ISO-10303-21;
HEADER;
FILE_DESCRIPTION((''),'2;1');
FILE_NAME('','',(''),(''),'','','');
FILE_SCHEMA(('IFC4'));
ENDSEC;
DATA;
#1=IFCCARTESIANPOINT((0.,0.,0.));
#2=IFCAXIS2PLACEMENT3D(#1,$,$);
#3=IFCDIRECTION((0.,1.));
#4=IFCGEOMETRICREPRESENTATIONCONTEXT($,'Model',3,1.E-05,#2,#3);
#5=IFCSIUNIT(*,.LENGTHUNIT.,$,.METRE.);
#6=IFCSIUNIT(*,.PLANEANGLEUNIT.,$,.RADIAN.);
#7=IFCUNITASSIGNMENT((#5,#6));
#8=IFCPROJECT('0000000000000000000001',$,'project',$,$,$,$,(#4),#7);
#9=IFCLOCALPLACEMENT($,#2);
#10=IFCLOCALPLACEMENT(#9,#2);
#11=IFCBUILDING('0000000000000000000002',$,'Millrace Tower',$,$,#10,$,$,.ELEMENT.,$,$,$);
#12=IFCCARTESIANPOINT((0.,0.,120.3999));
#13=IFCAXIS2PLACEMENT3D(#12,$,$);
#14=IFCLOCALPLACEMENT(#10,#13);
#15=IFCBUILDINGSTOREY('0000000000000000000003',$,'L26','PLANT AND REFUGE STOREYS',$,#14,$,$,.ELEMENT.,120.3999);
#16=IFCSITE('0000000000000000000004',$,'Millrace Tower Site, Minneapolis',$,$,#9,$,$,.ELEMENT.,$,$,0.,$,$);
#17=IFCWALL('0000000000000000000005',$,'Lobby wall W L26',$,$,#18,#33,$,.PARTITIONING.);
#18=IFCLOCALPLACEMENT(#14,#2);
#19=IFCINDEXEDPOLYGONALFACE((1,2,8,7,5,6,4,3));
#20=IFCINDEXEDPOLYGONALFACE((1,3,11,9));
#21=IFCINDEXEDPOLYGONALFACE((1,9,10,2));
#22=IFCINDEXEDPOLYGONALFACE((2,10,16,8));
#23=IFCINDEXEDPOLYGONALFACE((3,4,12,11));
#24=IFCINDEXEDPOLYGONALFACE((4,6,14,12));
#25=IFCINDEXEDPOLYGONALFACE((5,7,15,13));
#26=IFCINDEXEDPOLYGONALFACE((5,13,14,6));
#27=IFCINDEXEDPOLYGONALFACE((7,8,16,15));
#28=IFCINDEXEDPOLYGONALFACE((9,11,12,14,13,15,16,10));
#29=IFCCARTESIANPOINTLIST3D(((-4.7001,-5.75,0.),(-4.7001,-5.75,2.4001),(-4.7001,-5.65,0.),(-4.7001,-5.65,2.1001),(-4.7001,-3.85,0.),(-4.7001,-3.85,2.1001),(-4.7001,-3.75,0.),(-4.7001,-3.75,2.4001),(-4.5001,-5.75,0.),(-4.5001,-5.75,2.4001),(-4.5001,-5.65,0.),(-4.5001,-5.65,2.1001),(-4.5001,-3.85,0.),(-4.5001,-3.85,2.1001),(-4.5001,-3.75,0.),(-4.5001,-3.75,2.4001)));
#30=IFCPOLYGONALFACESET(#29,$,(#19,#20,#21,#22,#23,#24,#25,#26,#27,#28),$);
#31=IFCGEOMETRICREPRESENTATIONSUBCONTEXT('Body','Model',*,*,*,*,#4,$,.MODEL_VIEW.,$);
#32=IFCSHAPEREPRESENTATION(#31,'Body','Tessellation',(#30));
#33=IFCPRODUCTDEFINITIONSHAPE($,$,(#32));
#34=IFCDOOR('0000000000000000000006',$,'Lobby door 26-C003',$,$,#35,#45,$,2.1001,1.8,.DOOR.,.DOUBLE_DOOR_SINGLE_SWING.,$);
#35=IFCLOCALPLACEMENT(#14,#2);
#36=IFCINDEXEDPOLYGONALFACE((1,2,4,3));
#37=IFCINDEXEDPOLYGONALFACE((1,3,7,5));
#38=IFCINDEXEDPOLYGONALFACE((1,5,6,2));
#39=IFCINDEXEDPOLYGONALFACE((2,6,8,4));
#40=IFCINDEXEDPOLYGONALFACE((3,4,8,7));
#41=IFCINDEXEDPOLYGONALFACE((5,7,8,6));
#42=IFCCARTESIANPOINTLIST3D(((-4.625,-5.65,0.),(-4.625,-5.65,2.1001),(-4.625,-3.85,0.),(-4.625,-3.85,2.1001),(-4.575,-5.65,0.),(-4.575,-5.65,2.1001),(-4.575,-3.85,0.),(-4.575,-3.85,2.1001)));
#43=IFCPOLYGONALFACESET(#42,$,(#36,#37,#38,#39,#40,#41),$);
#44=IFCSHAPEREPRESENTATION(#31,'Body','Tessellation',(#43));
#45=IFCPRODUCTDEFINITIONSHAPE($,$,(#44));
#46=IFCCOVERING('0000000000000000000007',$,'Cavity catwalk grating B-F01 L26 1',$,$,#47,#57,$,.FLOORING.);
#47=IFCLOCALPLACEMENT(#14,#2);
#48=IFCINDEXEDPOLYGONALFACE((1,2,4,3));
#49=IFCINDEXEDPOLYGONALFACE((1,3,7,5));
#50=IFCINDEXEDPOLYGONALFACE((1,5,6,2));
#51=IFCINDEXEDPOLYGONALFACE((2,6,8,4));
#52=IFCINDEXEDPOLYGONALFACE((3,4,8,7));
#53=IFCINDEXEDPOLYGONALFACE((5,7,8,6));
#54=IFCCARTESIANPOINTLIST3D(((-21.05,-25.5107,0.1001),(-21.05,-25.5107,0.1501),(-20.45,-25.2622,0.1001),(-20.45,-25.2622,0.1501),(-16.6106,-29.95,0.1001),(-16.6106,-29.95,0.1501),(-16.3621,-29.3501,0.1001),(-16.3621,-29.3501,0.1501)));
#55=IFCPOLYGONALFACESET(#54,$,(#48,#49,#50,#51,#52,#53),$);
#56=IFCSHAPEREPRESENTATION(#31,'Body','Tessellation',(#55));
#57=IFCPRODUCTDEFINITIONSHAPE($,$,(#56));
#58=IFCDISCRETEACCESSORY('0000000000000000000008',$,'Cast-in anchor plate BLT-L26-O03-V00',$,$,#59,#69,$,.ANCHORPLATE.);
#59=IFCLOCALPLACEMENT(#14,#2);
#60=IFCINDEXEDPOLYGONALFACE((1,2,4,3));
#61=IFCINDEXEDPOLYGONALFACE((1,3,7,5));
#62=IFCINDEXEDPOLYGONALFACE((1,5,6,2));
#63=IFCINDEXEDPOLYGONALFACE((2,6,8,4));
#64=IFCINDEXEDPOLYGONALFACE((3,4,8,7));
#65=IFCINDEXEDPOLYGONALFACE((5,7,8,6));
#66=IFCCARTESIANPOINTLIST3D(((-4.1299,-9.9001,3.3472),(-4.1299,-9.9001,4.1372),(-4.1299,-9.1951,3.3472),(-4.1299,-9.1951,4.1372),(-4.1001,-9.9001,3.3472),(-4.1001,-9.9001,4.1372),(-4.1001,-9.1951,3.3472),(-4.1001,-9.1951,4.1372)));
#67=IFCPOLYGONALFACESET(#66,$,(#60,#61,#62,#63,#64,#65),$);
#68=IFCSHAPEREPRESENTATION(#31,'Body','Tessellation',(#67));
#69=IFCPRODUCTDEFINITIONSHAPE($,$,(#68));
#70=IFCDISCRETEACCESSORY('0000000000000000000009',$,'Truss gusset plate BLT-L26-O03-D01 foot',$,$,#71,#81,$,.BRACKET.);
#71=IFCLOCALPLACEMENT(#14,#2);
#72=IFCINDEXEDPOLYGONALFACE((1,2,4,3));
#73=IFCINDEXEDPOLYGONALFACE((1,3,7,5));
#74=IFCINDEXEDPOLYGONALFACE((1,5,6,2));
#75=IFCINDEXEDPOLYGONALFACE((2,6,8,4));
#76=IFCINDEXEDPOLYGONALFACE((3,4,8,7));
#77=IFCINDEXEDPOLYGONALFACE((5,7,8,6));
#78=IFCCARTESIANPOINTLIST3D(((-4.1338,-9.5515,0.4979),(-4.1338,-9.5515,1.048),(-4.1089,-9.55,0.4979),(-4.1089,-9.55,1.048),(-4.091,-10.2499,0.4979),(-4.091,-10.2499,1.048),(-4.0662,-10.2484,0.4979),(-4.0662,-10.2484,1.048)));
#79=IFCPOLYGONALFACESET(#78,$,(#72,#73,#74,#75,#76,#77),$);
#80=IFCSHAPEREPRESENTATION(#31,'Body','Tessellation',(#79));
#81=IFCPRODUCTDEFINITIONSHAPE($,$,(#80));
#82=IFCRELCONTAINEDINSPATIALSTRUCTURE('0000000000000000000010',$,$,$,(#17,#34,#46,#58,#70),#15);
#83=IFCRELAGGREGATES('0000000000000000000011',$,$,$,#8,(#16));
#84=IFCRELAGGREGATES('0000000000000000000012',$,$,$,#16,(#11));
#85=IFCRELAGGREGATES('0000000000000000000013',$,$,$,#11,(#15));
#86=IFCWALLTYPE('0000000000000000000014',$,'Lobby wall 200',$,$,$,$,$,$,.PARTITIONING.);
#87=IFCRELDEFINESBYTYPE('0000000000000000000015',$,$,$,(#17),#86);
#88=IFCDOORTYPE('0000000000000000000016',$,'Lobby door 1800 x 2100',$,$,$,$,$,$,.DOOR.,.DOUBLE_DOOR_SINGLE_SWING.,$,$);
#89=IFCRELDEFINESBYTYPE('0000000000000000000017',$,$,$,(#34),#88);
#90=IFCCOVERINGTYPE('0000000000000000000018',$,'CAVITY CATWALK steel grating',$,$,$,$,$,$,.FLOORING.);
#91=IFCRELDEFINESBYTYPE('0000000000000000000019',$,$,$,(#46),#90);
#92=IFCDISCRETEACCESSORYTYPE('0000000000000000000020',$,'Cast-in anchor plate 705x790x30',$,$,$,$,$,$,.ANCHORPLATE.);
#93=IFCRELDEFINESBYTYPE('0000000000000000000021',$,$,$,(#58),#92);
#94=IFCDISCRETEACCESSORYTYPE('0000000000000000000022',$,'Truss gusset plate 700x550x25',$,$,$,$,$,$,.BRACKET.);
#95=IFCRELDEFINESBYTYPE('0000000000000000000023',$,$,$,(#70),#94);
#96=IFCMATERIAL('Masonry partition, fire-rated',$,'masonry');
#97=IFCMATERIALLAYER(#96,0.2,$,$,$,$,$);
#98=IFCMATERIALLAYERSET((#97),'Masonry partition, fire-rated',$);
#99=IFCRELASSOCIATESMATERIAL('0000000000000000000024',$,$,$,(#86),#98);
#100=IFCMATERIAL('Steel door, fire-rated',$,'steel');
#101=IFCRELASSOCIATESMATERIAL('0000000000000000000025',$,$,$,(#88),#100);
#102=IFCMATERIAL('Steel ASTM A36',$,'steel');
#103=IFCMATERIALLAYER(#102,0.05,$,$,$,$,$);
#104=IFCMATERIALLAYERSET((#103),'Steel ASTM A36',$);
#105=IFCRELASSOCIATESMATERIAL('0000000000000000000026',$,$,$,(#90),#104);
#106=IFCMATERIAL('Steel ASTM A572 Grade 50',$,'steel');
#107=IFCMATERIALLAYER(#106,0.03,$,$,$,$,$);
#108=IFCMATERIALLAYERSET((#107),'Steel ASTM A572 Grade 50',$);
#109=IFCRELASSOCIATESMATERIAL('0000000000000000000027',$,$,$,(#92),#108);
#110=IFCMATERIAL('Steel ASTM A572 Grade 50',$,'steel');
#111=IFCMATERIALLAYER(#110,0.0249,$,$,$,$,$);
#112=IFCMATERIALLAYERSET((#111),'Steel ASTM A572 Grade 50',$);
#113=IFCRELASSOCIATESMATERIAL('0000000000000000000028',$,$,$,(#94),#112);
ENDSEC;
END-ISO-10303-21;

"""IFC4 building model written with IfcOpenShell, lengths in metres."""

from ifc_helpers import new_model, si_unit, direction, frame, frame_2d, origin, origin_2d, place, context, subcontext, project, spatial, polyline, rectangle, outline, extrude, material, layer, layer_set, type_object, element, fill, save


model = new_model("IFC4")

# Units and contexts
model_context = context("Model", 3, precision=1e-05, world=origin(), true_north=direction((0.0, 1.0)))
body_context = subcontext(model_context, "Body", "Model", "MODEL_VIEW")
ifc_project = project(units=[si_unit("LENGTHUNIT", "METRE"), si_unit("PLANEANGLEUNIT", "RADIAN")], contexts=[model_context])

# Site, building, storey
site_placement = place(None, origin())
site = spatial("IfcSite", under=ifc_project, at=site_placement, Name="Millrace Tower Site, Minneapolis", CompositionType="ELEMENT", RefElevation=0.0)
building_placement = place(site_placement, origin())
building = spatial("IfcBuilding", under=site, at=building_placement, Name="Millrace Tower", CompositionType="ELEMENT")
storey_placement = place(building_placement, frame((0.0, 0.0, 120.3999)))
storey = spatial("IfcBuildingStorey", under=building, at=storey_placement, Name="L26", Description="PLANT AND REFUGE STOREYS", CompositionType="ELEMENT", Elevation=120.3999)

# Wall, opening, door
ifc_material_1 = material(Name="Masonry partition, fire-rated", Category="masonry")
ifc_layer_1 = layer(ifc_material_1, 0.2)
ifc_layer_set_1 = layer_set([ifc_layer_1], Name="Masonry partition, fire-rated")
wall_type_1 = type_object("IfcWallType", Name="Lobby wall 200", PredefinedType="PARTITIONING", material=ifc_layer_set_1)
wall_1_placement = place(storey_placement, frame((-4.6001, -5.75, 0.0), z_axis=(0.0, 0.0, 1.0), x_axis=(0.0, 1.0, 0.0)))
wall_1 = element("IfcWall", 1, at=wall_1_placement, inside=storey, type_object=wall_type_1, Name="Lobby wall W L26", PredefinedType="PARTITIONING", context=body_context, shape_type="SweptSolid", body=[
    extrude(rectangle(XDim=2.0, YDim=0.2, at=frame_2d((1.0, 0.0))), origin(), (0.0, 0.0, 1.0), 2.4001),
])
opening_placement = place(wall_1_placement, frame((0.1001, 0.0, 0.0)))
opening = element("IfcOpeningElement", 2, at=opening_placement, cuts=wall_1, PredefinedType="OPENING", context=body_context, shape_type="SweptSolid", body=[
    extrude(rectangle(XDim=1.8, YDim=2.1001, at=frame_2d((0.8999, 1.05))), frame((0.0, 0.1099, 0.0), z_axis=(0.0, -1.0, 0.0), x_axis=(1.0, 0.0, 0.0)), (0.0, 0.0, 1.0), 0.22),
])
ifc_material_2 = material(Name="Steel door, fire-rated", Category="steel")
door_type = type_object("IfcDoorType", Name="Lobby door 1800 x 2100", OperationType="DOUBLE_DOOR_SINGLE_SWING", PredefinedType="DOOR", material=ifc_material_2)
door_placement = place(opening_placement, origin())
door = element("IfcDoor", 3, at=door_placement, inside=storey, type_object=door_type, Name="Lobby door 26-C003", OperationType="DOUBLE_DOOR_SINGLE_SWING", OverallHeight=2.1001, OverallWidth=1.8, PredefinedType="DOOR", context=body_context, shape_type="SweptSolid", body=[
    extrude(rectangle(XDim=1.8, YDim=2.1001, at=frame_2d((0.8999, 1.05))), frame((0.0, 0.0249, 0.0), z_axis=(0.0, -1.0, 0.0), x_axis=(1.0, 0.0, 0.0)), (0.0, 0.0, 1.0), 0.05),
])
fill(opening, door)

# Covering
ifc_material_3 = material(Name="Steel ASTM A36", Category="steel")
ifc_layer_2 = layer(ifc_material_3, 0.05)
ifc_layer_set_2 = layer_set([ifc_layer_2], Name="Steel ASTM A36")
covering_type = type_object("IfcCoveringType", Name="CAVITY CATWALK steel grating", PredefinedType="FLOORING", material=ifc_layer_set_2)
covering_placement = place(storey_placement, frame((0.0, 0.0, 0.1001)))
element("IfcCovering", 4, at=covering_placement, inside=storey, type_object=covering_type, Name="Cavity catwalk grating B-F01 L26 1", PredefinedType="FLOORING", context=body_context, shape_type="SweptSolid", body=[
    extrude(outline(polyline([(-21.05, -25.5107), (-16.6106, -29.95), (-16.3621, -29.3501), (-20.45, -25.2622), (-21.05, -25.5107)])), origin(), (0.0, 0.0, 1.0), 0.05),
])

# Discrete accessories
ifc_material_4 = material(Name="Steel ASTM A572 Grade 50", Category="steel")
ifc_layer_3 = layer(ifc_material_4, 0.03)
ifc_layer_set_3 = layer_set([ifc_layer_3], Name="Steel ASTM A572 Grade 50")
discrete_accessory_type_1 = type_object("IfcDiscreteAccessoryType", Name="Cast-in anchor plate 705x790x30", PredefinedType="ANCHORPLATE", material=ifc_layer_set_3)
discrete_accessory_1_placement = place(storey_placement, frame((-4.1299, -9.5476, 3.7422), z_axis=(1.0, 0.0, 0.0), x_axis=(0.0, 1.0, 0.0)))
element("IfcDiscreteAccessory", 5, at=discrete_accessory_1_placement, inside=storey, type_object=discrete_accessory_type_1, Name="Cast-in anchor plate BLT-L26-O03-V00", PredefinedType="ANCHORPLATE", context=body_context, shape_type="SweptSolid", body=[
    extrude(rectangle(XDim=0.7051, YDim=0.79, at=origin_2d()), origin(), (0.0, 0.0, 1.0), 0.0298),
])
ifc_material_5 = material(Name="Steel ASTM A572 Grade 50", Category="steel")
ifc_layer_4 = layer(ifc_material_5, 0.0249)
ifc_layer_set_4 = layer_set([ifc_layer_4], Name="Steel ASTM A572 Grade 50")
discrete_accessory_type_2 = type_object("IfcDiscreteAccessoryType", Name="Truss gusset plate 700x550x25", PredefinedType="BRACKET", material=ifc_layer_set_4)
discrete_accessory_2_placement = place(storey_placement, frame((-4.1213, -9.5508, 0.7729), z_axis=(0.061053, -0.998135, 0.0), x_axis=(0.998135, 0.061053, 0.0)))
element("IfcDiscreteAccessory", 6, at=discrete_accessory_2_placement, inside=storey, type_object=discrete_accessory_type_2, Name="Truss gusset plate BLT-L26-O03-D01 foot", PredefinedType="BRACKET", context=body_context, shape_type="SweptSolid", body=[
    extrude(rectangle(XDim=0.0249, YDim=0.55, at=origin_2d()), origin(), (0.0, 0.0, 1.0), 0.6997),
])

save(model, "model.ifc")
